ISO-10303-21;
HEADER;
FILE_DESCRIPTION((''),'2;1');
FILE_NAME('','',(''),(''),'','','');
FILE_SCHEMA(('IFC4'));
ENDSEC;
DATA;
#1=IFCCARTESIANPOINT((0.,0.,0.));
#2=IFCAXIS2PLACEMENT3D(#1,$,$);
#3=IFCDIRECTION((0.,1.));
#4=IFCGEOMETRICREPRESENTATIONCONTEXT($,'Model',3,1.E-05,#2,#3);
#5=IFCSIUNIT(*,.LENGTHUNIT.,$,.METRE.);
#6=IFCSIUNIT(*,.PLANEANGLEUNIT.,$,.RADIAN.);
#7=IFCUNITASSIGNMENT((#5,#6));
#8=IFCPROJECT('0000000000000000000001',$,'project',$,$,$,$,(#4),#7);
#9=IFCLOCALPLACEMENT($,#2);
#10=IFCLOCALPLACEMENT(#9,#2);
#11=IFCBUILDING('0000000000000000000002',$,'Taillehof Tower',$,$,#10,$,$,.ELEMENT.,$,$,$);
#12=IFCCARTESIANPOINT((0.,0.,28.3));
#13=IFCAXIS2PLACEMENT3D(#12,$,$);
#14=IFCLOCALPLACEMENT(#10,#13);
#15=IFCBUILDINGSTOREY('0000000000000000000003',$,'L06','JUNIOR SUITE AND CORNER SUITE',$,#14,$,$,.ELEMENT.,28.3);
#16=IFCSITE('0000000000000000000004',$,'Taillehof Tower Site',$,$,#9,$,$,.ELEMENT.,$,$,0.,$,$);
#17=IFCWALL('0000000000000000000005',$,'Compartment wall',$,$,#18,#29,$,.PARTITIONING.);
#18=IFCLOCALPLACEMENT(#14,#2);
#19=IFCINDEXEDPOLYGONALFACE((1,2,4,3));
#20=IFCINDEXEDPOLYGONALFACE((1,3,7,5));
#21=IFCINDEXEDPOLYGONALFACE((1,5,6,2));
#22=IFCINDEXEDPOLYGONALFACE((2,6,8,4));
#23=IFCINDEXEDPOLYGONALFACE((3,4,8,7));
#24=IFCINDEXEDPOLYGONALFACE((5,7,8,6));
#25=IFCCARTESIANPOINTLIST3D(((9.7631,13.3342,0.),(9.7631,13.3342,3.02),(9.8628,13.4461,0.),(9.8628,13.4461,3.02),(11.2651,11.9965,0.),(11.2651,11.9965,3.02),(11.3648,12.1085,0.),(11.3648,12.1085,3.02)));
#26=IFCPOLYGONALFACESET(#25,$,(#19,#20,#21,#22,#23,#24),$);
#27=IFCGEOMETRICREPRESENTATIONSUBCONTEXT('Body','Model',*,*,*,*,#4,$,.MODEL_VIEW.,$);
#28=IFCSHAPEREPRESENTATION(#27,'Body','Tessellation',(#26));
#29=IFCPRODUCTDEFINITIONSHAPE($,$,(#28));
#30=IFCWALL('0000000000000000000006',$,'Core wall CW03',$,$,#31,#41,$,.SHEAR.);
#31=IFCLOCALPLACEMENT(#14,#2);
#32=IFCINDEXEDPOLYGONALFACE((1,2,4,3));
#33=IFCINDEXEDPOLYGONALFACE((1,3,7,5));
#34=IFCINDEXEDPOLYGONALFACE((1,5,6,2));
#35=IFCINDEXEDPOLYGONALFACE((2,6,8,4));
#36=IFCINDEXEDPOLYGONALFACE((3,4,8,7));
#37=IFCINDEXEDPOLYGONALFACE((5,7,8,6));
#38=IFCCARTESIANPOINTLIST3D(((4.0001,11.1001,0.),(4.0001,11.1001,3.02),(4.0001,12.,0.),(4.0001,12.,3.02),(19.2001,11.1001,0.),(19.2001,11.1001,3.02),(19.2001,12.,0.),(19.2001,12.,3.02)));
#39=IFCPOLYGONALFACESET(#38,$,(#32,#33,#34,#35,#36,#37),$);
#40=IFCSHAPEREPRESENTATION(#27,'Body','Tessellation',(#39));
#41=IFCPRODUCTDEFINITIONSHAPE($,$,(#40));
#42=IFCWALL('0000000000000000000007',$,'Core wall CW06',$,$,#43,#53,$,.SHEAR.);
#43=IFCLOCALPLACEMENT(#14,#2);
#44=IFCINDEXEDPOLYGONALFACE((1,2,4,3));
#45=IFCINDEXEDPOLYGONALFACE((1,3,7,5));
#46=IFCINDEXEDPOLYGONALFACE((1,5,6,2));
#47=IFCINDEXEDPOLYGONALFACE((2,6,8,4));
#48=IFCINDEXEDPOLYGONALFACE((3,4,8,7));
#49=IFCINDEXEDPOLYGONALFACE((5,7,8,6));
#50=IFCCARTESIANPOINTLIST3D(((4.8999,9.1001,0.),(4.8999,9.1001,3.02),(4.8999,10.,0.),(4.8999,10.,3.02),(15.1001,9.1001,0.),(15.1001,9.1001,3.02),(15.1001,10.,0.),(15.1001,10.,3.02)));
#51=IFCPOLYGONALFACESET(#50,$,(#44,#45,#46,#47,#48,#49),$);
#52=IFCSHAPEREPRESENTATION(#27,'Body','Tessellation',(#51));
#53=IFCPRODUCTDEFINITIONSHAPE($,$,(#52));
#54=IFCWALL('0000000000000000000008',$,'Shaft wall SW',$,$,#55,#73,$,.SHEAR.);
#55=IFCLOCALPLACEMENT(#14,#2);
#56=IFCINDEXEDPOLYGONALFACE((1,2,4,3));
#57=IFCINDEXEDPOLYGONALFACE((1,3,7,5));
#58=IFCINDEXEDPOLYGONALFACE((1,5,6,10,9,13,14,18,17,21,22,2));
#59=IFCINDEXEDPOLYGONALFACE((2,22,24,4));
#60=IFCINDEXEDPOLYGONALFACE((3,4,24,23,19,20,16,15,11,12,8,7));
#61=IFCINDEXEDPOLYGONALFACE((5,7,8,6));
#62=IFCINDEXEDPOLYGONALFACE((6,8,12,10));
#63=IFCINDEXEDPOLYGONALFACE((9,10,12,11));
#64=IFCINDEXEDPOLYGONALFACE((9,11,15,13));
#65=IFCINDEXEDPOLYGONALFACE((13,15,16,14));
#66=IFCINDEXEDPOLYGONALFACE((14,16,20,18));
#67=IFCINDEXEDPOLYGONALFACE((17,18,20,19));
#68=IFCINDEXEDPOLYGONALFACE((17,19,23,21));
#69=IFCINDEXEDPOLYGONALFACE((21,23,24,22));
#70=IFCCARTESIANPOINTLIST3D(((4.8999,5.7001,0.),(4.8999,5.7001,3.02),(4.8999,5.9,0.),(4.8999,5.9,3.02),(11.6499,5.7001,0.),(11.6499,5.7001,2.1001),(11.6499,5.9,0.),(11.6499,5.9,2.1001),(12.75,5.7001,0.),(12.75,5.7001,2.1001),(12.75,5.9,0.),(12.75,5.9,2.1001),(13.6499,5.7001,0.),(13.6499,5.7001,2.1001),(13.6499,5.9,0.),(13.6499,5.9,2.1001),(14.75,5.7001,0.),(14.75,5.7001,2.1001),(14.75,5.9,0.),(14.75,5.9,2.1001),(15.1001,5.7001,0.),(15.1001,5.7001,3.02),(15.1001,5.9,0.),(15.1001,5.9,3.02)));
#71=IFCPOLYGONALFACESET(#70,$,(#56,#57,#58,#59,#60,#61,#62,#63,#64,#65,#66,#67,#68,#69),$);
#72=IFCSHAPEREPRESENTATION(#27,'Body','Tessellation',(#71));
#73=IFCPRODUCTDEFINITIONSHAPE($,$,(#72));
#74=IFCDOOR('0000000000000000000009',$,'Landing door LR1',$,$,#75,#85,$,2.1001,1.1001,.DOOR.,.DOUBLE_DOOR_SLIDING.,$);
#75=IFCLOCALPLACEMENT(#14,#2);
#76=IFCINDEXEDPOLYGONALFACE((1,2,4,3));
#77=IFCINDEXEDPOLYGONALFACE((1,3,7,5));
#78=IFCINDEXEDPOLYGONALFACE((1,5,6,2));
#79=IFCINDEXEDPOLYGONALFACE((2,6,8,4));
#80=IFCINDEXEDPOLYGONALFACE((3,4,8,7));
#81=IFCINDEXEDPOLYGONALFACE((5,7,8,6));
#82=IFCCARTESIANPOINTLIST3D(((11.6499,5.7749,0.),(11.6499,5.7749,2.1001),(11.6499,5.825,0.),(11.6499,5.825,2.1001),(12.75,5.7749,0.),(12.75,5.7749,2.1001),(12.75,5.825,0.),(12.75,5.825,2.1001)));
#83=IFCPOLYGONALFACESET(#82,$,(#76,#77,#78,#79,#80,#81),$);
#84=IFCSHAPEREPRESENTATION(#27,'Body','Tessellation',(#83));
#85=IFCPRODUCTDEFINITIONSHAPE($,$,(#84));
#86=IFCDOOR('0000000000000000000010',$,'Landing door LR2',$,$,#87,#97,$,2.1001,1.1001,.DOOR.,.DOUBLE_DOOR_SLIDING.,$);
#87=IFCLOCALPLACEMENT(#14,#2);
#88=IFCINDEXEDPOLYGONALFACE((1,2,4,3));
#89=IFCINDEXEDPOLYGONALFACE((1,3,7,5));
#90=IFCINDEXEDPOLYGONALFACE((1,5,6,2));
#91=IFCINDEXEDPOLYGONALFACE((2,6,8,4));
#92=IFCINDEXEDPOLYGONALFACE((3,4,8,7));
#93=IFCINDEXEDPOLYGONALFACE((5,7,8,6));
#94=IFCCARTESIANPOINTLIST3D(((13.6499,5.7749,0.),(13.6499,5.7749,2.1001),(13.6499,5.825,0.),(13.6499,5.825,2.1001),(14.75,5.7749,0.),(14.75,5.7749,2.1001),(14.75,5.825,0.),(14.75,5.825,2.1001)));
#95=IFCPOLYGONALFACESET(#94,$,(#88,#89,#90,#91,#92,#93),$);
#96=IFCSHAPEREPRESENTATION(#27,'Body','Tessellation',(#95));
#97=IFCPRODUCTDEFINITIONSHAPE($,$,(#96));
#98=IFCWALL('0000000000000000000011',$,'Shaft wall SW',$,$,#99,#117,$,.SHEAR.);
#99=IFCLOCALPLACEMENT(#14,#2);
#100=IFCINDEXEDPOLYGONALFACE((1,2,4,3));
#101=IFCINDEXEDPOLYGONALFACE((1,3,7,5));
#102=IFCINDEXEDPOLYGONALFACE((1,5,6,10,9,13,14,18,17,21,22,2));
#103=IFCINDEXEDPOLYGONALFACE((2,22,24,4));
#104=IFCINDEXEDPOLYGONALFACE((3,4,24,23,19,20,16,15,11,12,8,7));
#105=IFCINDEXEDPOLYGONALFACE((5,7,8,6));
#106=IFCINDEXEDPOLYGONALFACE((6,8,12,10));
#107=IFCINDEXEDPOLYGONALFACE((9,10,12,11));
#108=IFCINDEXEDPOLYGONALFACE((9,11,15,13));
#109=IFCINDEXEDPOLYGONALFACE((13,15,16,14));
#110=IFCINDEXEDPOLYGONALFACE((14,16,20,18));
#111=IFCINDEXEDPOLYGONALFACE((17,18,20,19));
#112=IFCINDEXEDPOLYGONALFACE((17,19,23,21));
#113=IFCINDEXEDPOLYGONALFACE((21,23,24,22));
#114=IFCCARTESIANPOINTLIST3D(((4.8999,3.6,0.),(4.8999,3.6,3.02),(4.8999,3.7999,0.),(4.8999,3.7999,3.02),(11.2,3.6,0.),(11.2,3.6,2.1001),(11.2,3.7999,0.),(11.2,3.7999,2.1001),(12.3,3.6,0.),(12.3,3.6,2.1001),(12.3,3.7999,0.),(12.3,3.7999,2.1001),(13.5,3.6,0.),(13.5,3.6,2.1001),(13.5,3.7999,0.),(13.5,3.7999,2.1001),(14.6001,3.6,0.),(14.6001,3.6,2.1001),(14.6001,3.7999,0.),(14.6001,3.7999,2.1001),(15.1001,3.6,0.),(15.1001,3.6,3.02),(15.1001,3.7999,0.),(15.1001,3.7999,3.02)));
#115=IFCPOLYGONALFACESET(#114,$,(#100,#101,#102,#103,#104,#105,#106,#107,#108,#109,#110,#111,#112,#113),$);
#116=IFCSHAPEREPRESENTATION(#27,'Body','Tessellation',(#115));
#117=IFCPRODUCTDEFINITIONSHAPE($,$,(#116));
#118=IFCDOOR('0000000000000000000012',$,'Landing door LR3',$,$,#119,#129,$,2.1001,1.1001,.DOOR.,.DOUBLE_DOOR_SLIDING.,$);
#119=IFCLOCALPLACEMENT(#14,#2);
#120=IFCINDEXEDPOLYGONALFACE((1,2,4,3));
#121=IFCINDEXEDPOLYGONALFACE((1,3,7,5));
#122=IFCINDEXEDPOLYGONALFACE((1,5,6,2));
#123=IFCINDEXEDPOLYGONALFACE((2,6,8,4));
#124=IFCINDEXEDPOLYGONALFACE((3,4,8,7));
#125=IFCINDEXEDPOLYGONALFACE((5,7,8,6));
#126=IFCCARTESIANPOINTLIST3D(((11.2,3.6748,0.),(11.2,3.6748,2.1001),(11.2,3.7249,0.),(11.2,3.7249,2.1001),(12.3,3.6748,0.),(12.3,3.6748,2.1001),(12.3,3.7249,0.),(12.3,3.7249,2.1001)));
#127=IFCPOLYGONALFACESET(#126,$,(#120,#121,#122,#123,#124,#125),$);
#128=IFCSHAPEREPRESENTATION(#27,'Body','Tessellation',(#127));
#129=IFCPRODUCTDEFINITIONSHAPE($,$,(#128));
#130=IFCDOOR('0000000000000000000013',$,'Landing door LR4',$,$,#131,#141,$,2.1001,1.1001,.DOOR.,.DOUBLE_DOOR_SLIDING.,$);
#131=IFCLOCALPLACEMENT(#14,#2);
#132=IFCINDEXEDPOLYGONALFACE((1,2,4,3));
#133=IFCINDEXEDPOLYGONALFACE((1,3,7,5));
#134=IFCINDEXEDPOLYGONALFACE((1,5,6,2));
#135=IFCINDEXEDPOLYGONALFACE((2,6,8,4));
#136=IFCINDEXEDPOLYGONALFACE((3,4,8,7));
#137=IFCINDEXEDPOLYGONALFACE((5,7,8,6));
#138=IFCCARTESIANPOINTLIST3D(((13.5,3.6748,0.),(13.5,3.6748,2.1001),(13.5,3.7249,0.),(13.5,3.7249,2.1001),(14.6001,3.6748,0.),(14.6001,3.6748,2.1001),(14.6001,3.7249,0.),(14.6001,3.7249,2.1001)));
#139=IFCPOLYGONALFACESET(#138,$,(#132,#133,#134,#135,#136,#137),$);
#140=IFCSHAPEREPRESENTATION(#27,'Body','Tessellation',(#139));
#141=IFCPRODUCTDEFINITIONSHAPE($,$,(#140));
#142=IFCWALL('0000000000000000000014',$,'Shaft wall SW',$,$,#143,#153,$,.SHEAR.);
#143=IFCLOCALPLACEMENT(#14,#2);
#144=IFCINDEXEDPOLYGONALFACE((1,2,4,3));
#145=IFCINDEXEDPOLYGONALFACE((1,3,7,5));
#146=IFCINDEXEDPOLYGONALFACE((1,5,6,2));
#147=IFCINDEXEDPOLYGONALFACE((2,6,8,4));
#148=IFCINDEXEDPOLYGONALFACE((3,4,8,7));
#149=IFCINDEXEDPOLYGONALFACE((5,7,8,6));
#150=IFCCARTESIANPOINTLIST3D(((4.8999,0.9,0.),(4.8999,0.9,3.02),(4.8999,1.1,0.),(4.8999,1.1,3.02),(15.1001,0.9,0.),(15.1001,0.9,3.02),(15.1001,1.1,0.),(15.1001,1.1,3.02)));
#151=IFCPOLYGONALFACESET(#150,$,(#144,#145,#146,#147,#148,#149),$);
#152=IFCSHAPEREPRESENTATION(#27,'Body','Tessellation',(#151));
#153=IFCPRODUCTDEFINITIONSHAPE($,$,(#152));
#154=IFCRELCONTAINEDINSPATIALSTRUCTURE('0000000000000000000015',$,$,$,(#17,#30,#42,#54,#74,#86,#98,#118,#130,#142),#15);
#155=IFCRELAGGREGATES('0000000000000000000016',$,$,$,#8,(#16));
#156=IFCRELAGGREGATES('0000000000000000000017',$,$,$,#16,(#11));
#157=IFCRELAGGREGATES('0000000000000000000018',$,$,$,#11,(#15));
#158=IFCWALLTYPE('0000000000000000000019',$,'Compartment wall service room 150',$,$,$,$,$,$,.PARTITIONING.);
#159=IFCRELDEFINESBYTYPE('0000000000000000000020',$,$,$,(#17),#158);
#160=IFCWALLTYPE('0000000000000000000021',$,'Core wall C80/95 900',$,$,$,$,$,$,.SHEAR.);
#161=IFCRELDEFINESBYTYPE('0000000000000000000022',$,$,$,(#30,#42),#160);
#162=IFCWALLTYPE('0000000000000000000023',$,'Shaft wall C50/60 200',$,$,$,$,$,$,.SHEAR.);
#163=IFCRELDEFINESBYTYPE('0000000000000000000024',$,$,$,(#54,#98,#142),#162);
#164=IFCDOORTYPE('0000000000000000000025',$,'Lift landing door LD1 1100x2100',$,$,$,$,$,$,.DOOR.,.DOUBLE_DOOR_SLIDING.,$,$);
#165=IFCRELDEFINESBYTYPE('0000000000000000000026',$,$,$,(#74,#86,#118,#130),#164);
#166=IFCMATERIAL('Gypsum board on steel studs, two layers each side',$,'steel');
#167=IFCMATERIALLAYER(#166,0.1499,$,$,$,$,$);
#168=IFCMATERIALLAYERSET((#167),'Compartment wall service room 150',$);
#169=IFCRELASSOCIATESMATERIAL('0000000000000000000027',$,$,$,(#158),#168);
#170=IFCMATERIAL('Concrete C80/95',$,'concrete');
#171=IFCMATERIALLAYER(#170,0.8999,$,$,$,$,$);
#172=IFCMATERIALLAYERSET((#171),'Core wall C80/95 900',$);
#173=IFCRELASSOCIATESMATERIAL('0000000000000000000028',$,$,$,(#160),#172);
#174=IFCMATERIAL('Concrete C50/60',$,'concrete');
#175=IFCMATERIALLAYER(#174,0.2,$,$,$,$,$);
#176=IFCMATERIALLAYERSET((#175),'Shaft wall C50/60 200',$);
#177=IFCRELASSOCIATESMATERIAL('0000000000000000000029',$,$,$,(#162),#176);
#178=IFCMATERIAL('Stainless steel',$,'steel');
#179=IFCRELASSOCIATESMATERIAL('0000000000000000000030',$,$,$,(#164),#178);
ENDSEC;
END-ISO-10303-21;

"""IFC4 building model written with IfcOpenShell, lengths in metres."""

from ifc_helpers import new_model, si_unit, direction, frame, frame_2d, origin, place, context, subcontext, project, spatial, rectangle, extrude, material, layer, layer_set, type_object, element, fill, save


model = new_model("IFC4")

# Units and contexts
model_context = context("Model", 3, precision=1e-05, world=origin(), true_north=direction((0.0, 1.0)))
body_context = subcontext(model_context, "Body", "Model", "MODEL_VIEW")
ifc_project = project(units=[si_unit("LENGTHUNIT", "METRE"), si_unit("PLANEANGLEUNIT", "RADIAN")], contexts=[model_context])

# Site, building, storey
site_placement = place(None, origin())
site = spatial("IfcSite", under=ifc_project, at=site_placement, Name="Taillehof Tower Site", CompositionType="ELEMENT", RefElevation=0.0)
building_placement = place(site_placement, origin())
building = spatial("IfcBuilding", under=site, at=building_placement, Name="Taillehof Tower", CompositionType="ELEMENT")
storey_placement = place(building_placement, frame((0.0, 0.0, 28.3)))
storey = spatial("IfcBuildingStorey", under=building, at=storey_placement, Name="L06", Description="JUNIOR SUITE AND CORNER SUITE", CompositionType="ELEMENT", Elevation=28.3)

# Shared definitions
ifc_material_1 = material(Name="Gypsum board on steel studs, two layers each side", Category="steel")
ifc_layer_1 = layer(ifc_material_1, 0.1499)
ifc_layer_set_1 = layer_set([ifc_layer_1], Name="Compartment wall service room 150")
wall_type_1 = type_object("IfcWallType", Name="Compartment wall service room 150", PredefinedType="PARTITIONING", material=ifc_layer_set_1)

# Walls
wall_1_placement = place(storey_placement, frame((9.813, 13.3901, 0.0), z_axis=(0.0, 0.0, 1.0), x_axis=(0.746773, -0.665079, 0.0)))
element("IfcWall", 1, at=wall_1_placement, inside=storey, type_object=wall_type_1, Name="Compartment wall", PredefinedType="PARTITIONING", context=body_context, shape_type="SweptSolid", body=[
    extrude(rectangle(XDim=2.0112, YDim=0.1499, at=frame_2d((1.0056, 0.0))), origin(), (0.0, 0.0, 1.0), 3.02),
])
ifc_material_2 = material(Name="Concrete C80/95", Category="concrete")
ifc_layer_2 = layer(ifc_material_2, 0.8999)
ifc_layer_set_2 = layer_set([ifc_layer_2], Name="Core wall C80/95 900")
wall_type_2 = type_object("IfcWallType", Name="Core wall C80/95 900", PredefinedType="SHEAR", material=ifc_layer_set_2)
wall_2_placement = place(storey_placement, frame((4.0, 11.55, 0.0), z_axis=(0.0, 0.0, 1.0), x_axis=(1.0, 0.0, 0.0)))
element("IfcWall", 2, at=wall_2_placement, inside=storey, type_object=wall_type_2, Name="Core wall CW03", PredefinedType="SHEAR", context=body_context, shape_type="SweptSolid", body=[
    extrude(rectangle(XDim=15.2, YDim=0.8999, at=frame_2d((7.6001, 0.0))), origin(), (0.0, 0.0, 1.0), 3.02),
])
wall_3_placement = place(storey_placement, frame((4.8999, 9.55, 0.0), z_axis=(0.0, 0.0, 1.0), x_axis=(1.0, 0.0, 0.0)))
element("IfcWall", 3, at=wall_3_placement, inside=storey, type_object=wall_type_2, Name="Core wall CW06", PredefinedType="SHEAR", context=body_context, shape_type="SweptSolid", body=[
    extrude(rectangle(XDim=10.2002, YDim=0.8999, at=frame_2d((5.1001, 0.0))), origin(), (0.0, 0.0, 1.0), 3.02),
])

# Walls, openings, doors
ifc_material_3 = material(Name="Concrete C50/60", Category="concrete")
ifc_layer_3 = layer(ifc_material_3, 0.2)
ifc_layer_set_3 = layer_set([ifc_layer_3], Name="Shaft wall C50/60 200")
wall_type_3 = type_object("IfcWallType", Name="Shaft wall C50/60 200", PredefinedType="SHEAR", material=ifc_layer_set_3)
wall_4_placement = place(storey_placement, frame((4.8999, 5.8, 0.0), z_axis=(0.0, 0.0, 1.0), x_axis=(1.0, 0.0, 0.0)))
wall_4 = element("IfcWall", 4, at=wall_4_placement, inside=storey, type_object=wall_type_3, Name="Shaft wall SW", PredefinedType="SHEAR", context=body_context, shape_type="SweptSolid", body=[
    extrude(rectangle(XDim=10.2002, YDim=0.2, at=frame_2d((5.1001, 0.0))), origin(), (0.0, 0.0, 1.0), 3.02),
])
opening_1_placement = place(wall_4_placement, frame((6.75, 0.0, 0.0)))
opening_1 = element("IfcOpeningElement", 5, at=opening_1_placement, cuts=wall_4, PredefinedType="OPENING", context=body_context, shape_type="SweptSolid", body=[
    extrude(rectangle(XDim=1.1001, YDim=2.1001, at=frame_2d((0.55, 1.05))), frame((0.0, 0.1099, 0.0), z_axis=(0.0, -1.0, 0.0), x_axis=(1.0, 0.0, 0.0)), (0.0, 0.0, 1.0), 0.22),
])
opening_2_placement = place(wall_4_placement, frame((8.75, 0.0, 0.0)))
opening_2 = element("IfcOpeningElement", 6, at=opening_2_placement, cuts=wall_4, PredefinedType="OPENING", context=body_context, shape_type="SweptSolid", body=[
    extrude(rectangle(XDim=1.1001, YDim=2.1001, at=frame_2d((0.55, 1.05))), frame((0.0, 0.1099, 0.0), z_axis=(0.0, -1.0, 0.0), x_axis=(1.0, 0.0, 0.0)), (0.0, 0.0, 1.0), 0.22),
])
ifc_material_4 = material(Name="Stainless steel", Category="steel")
door_type_1 = type_object("IfcDoorType", Name="Lift landing door LD1 1100x2100", OperationType="DOUBLE_DOOR_SLIDING", PredefinedType="DOOR", material=ifc_material_4)
door_1_placement = place(opening_1_placement, origin())
door_1 = element("IfcDoor", 7, at=door_1_placement, inside=storey, type_object=door_type_1, Name="Landing door LR1", OperationType="DOUBLE_DOOR_SLIDING", OverallHeight=2.1001, OverallWidth=1.1001, PredefinedType="DOOR", context=body_context, shape_type="SweptSolid", body=[
    extrude(rectangle(XDim=1.1001, YDim=2.1001, at=frame_2d((0.55, 1.05))), frame((0.0, 0.0249, 0.0), z_axis=(0.0, -1.0, 0.0), x_axis=(1.0, 0.0, 0.0)), (0.0, 0.0, 1.0), 0.05),
])
fill(opening_1, door_1)
door_2_placement = place(opening_2_placement, origin())
door_2 = element("IfcDoor", 8, at=door_2_placement, inside=storey, type_object=door_type_1, Name="Landing door LR2", OperationType="DOUBLE_DOOR_SLIDING", OverallHeight=2.1001, OverallWidth=1.1001, PredefinedType="DOOR", context=body_context, shape_type="SweptSolid", body=[
    extrude(rectangle(XDim=1.1001, YDim=2.1001, at=frame_2d((0.55, 1.05))), frame((0.0, 0.0249, 0.0), z_axis=(0.0, -1.0, 0.0), x_axis=(1.0, 0.0, 0.0)), (0.0, 0.0, 1.0), 0.05),
])
fill(opening_2, door_2)
wall_5_placement = place(storey_placement, frame((4.8999, 3.7, 0.0), z_axis=(0.0, 0.0, 1.0), x_axis=(1.0, 0.0, 0.0)))
wall_5 = element("IfcWall", 9, at=wall_5_placement, inside=storey, type_object=wall_type_3, Name="Shaft wall SW", PredefinedType="SHEAR", context=body_context, shape_type="SweptSolid", body=[
    extrude(rectangle(XDim=10.2002, YDim=0.2, at=frame_2d((5.1001, 0.0))), origin(), (0.0, 0.0, 1.0), 3.02),
])
opening_3_placement = place(wall_5_placement, frame((6.3, 0.0, 0.0)))
opening_3 = element("IfcOpeningElement", 10, at=opening_3_placement, cuts=wall_5, PredefinedType="OPENING", context=body_context, shape_type="SweptSolid", body=[
    extrude(rectangle(XDim=1.1001, YDim=2.1001, at=frame_2d((0.55, 1.05))), frame((0.0, 0.1099, 0.0), z_axis=(0.0, -1.0, 0.0), x_axis=(1.0, 0.0, 0.0)), (0.0, 0.0, 1.0), 0.22),
])
opening_4_placement = place(wall_5_placement, frame((8.6001, 0.0, 0.0)))
opening_4 = element("IfcOpeningElement", 11, at=opening_4_placement, cuts=wall_5, PredefinedType="OPENING", context=body_context, shape_type="SweptSolid", body=[
    extrude(rectangle(XDim=1.1001, YDim=2.1001, at=frame_2d((0.55, 1.05))), frame((0.0, 0.1099, 0.0), z_axis=(0.0, -1.0, 0.0), x_axis=(1.0, 0.0, 0.0)), (0.0, 0.0, 1.0), 0.22),
])
door_3_placement = place(opening_3_placement, origin())
door_3 = element("IfcDoor", 12, at=door_3_placement, inside=storey, type_object=door_type_1, Name="Landing door LR3", OperationType="DOUBLE_DOOR_SLIDING", OverallHeight=2.1001, OverallWidth=1.1001, PredefinedType="DOOR", context=body_context, shape_type="SweptSolid", body=[
    extrude(rectangle(XDim=1.1001, YDim=2.1001, at=frame_2d((0.55, 1.05))), frame((0.0, 0.0249, 0.0), z_axis=(0.0, -1.0, 0.0), x_axis=(1.0, 0.0, 0.0)), (0.0, 0.0, 1.0), 0.05),
])
fill(opening_3, door_3)
door_4_placement = place(opening_4_placement, origin())
door_4 = element("IfcDoor", 13, at=door_4_placement, inside=storey, type_object=door_type_1, Name="Landing door LR4", OperationType="DOUBLE_DOOR_SLIDING", OverallHeight=2.1001, OverallWidth=1.1001, PredefinedType="DOOR", context=body_context, shape_type="SweptSolid", body=[
    extrude(rectangle(XDim=1.1001, YDim=2.1001, at=frame_2d((0.55, 1.05))), frame((0.0, 0.0249, 0.0), z_axis=(0.0, -1.0, 0.0), x_axis=(1.0, 0.0, 0.0)), (0.0, 0.0, 1.0), 0.05),
])
fill(opening_4, door_4)

# Wall
wall_6_placement = place(storey_placement, frame((4.8999, 1.0, 0.0), z_axis=(0.0, 0.0, 1.0), x_axis=(1.0, 0.0, 0.0)))
element("IfcWall", 14, at=wall_6_placement, inside=storey, type_object=wall_type_3, Name="Shaft wall SW", PredefinedType="SHEAR", context=body_context, shape_type="SweptSolid", body=[
    extrude(rectangle(XDim=10.2002, YDim=0.2, at=frame_2d((5.1001, 0.0))), origin(), (0.0, 0.0, 1.0), 3.02),
])

save(model, "model.ifc")
